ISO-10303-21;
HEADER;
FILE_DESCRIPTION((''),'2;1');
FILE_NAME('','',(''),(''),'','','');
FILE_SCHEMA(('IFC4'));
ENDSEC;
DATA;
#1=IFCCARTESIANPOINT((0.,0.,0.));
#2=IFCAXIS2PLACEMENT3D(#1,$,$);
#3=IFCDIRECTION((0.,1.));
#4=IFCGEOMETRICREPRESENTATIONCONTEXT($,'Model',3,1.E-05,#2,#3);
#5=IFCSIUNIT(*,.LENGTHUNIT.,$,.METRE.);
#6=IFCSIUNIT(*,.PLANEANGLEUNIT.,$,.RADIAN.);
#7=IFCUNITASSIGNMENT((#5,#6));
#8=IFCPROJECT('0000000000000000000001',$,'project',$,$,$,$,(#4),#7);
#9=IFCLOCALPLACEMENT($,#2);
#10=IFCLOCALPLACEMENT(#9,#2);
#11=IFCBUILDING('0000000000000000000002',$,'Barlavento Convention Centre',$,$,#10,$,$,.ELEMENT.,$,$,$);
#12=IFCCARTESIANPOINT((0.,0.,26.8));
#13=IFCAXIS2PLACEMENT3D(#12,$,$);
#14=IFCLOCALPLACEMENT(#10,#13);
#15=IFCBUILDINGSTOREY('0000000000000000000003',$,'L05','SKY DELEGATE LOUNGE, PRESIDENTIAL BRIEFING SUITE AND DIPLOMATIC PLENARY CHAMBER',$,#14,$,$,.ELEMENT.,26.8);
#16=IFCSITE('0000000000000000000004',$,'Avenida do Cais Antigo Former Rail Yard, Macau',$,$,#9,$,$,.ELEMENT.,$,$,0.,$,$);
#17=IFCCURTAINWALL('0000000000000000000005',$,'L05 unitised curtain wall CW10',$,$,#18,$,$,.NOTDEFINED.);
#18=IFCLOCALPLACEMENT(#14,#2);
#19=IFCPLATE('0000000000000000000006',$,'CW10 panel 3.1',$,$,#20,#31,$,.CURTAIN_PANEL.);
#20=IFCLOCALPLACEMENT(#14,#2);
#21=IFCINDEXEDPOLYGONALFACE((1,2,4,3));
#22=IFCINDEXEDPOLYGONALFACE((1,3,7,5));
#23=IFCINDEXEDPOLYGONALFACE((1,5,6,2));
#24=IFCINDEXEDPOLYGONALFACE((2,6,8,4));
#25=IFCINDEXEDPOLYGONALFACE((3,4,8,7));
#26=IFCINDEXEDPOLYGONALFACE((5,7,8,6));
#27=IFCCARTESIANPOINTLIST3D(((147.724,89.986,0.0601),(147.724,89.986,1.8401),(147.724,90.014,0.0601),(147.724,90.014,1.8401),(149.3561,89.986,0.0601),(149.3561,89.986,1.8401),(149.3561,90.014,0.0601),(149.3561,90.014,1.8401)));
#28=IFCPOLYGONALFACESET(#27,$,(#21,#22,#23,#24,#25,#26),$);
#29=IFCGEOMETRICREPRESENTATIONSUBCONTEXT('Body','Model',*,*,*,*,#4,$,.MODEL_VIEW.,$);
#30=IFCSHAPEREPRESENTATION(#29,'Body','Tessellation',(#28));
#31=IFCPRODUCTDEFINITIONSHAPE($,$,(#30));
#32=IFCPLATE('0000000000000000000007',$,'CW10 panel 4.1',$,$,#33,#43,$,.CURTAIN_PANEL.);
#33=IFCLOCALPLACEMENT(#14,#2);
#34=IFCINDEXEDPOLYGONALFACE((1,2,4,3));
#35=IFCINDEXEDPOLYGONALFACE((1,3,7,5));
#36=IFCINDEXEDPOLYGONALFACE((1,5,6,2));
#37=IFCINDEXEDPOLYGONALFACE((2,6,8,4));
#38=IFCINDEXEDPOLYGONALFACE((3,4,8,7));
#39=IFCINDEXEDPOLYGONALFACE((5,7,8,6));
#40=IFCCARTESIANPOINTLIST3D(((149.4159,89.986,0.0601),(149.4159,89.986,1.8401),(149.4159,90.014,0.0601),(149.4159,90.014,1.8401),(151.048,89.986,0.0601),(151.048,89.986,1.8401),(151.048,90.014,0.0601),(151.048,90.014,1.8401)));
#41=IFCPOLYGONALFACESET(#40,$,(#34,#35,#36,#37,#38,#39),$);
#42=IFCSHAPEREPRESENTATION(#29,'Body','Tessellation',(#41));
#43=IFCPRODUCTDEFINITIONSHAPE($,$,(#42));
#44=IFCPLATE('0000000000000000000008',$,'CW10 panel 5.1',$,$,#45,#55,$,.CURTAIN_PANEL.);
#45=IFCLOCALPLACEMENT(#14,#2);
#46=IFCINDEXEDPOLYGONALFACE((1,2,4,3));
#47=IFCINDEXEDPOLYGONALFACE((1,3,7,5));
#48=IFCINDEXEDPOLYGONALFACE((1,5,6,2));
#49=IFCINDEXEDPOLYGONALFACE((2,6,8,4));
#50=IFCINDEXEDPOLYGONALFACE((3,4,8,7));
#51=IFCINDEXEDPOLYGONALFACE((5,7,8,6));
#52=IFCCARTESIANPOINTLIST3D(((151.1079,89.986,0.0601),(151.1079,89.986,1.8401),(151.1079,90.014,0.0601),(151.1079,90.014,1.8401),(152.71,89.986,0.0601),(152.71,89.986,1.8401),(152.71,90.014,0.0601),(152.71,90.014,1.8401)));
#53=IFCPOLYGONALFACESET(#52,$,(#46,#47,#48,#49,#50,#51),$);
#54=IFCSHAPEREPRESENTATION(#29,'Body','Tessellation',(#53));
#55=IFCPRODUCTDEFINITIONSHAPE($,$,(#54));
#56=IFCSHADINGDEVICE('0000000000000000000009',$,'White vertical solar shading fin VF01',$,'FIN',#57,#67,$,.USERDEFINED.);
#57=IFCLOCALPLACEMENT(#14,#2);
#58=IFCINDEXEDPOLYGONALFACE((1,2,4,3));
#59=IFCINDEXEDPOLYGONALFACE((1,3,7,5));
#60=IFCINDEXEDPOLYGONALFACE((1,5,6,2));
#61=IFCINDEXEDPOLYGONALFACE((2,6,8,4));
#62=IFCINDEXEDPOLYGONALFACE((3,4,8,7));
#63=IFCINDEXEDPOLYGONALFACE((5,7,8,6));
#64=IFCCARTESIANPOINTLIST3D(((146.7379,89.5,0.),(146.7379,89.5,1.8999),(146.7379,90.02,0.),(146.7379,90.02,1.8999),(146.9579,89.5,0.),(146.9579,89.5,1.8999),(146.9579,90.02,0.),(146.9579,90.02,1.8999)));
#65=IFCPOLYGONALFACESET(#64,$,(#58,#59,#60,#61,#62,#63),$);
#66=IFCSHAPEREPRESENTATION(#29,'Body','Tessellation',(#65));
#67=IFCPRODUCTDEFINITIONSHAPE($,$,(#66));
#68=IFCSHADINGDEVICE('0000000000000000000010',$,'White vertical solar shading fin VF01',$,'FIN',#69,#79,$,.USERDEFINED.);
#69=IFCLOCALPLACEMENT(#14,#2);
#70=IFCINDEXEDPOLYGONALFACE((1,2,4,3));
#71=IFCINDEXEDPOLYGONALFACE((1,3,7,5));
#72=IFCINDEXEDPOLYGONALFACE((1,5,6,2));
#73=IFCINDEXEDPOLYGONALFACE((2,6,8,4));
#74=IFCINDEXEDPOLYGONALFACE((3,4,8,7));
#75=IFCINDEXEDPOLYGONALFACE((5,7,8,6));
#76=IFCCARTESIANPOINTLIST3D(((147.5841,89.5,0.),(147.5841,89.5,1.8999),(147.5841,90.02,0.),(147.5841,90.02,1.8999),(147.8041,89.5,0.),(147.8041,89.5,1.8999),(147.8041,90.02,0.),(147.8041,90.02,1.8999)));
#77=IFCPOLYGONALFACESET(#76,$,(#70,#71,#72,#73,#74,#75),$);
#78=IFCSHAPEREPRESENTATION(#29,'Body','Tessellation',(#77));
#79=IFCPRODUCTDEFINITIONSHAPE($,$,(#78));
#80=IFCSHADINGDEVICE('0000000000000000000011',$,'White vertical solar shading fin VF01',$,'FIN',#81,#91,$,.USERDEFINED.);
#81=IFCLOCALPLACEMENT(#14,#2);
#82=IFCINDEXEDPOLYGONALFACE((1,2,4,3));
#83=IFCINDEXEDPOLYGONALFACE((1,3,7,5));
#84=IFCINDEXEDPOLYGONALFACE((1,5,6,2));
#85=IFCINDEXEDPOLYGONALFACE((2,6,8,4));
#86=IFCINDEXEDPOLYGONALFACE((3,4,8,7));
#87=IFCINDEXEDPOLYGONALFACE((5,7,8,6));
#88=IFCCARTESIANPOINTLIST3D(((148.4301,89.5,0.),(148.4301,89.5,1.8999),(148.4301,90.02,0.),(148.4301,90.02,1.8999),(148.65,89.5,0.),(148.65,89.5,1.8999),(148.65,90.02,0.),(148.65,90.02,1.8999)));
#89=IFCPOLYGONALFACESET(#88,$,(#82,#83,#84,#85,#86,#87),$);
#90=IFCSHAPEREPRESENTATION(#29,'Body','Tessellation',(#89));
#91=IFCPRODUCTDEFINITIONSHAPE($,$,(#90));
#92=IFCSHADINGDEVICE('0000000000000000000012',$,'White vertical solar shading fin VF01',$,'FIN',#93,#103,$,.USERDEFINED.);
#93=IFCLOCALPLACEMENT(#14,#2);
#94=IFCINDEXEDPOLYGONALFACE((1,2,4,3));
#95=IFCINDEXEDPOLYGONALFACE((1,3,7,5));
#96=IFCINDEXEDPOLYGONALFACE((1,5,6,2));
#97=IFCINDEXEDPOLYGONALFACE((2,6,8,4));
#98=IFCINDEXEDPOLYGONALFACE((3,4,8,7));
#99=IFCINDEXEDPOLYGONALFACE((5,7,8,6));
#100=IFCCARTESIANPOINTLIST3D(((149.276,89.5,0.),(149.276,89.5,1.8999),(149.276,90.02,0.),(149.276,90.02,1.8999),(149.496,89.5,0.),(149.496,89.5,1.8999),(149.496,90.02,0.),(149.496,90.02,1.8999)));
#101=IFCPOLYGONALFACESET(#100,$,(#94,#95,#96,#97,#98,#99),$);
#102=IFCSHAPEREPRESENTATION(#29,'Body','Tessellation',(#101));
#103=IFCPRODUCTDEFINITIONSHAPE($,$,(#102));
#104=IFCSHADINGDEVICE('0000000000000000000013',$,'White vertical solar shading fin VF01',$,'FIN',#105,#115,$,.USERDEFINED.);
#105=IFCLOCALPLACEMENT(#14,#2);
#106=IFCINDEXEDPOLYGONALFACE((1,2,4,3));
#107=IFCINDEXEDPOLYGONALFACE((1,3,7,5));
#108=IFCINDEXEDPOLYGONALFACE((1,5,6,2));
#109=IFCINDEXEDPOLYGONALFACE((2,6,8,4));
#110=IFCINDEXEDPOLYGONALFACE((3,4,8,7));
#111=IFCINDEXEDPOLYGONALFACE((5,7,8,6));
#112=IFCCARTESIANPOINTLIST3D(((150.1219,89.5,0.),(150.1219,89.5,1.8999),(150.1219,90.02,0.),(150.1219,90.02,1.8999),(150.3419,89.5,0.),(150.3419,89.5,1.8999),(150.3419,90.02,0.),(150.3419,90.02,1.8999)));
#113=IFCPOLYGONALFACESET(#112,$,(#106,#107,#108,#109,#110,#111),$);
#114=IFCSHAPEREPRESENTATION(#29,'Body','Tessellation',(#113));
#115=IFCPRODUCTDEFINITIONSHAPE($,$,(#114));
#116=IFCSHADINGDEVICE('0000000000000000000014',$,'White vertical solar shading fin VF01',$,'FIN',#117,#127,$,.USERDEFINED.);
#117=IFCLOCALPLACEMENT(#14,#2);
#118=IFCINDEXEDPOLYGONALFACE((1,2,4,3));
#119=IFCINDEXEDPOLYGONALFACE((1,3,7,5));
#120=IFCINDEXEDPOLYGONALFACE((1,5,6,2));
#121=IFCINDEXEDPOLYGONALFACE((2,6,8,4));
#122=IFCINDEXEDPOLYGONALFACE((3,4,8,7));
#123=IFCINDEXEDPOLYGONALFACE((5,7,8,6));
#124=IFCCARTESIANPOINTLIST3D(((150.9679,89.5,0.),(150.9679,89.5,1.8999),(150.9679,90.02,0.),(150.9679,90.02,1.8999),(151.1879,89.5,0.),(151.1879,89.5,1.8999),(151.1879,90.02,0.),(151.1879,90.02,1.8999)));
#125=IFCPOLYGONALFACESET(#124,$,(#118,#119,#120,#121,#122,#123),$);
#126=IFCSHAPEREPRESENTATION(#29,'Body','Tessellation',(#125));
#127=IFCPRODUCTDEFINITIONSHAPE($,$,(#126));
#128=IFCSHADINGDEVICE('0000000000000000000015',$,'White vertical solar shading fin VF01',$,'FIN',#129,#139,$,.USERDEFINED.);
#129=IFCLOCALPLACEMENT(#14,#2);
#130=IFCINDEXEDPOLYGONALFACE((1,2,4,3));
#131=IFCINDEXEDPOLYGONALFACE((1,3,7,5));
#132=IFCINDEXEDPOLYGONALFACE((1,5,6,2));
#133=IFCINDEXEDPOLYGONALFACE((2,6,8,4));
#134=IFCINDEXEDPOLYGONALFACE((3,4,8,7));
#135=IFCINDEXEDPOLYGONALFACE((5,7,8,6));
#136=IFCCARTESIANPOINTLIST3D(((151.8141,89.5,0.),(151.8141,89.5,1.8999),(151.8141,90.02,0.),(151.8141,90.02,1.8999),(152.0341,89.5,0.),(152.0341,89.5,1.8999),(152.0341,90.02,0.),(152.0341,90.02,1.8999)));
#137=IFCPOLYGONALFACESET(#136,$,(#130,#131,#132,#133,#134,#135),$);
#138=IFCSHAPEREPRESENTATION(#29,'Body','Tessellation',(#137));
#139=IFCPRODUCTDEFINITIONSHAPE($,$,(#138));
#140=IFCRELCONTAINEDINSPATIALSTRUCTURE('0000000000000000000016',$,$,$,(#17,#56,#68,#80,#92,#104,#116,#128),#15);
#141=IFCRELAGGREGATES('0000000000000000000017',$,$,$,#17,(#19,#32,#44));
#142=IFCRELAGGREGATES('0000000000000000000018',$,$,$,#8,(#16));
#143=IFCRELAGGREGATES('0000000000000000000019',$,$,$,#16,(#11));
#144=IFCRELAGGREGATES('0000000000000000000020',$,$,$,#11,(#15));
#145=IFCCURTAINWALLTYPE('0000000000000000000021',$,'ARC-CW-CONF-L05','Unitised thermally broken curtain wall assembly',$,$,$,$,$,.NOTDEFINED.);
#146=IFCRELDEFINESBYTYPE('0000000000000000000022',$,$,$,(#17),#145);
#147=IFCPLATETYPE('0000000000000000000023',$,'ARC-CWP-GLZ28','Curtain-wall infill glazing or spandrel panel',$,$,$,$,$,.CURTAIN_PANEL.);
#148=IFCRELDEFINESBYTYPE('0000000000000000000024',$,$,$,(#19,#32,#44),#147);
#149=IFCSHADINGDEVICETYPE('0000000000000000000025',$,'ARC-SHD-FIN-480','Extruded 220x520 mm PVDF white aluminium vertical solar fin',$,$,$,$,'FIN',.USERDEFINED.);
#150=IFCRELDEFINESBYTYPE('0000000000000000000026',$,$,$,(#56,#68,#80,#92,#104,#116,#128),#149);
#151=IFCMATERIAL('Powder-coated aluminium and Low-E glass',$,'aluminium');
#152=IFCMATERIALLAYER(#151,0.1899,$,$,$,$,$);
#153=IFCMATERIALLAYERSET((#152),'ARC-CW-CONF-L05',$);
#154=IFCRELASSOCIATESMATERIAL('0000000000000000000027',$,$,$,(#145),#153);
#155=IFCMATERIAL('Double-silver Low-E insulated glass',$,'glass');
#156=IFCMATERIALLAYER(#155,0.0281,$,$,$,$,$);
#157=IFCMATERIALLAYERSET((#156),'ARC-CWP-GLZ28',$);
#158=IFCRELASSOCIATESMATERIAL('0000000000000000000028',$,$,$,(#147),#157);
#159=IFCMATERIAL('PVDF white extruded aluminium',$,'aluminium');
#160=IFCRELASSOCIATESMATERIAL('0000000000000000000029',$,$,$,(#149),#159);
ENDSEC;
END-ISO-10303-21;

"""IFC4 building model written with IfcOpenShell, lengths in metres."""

from ifc_helpers import new_model, si_unit, direction, frame, origin, origin_2d, place, context, subcontext, project, spatial, rectangle, extrude, material, layer, layer_set, type_object, element, aggregate, save


model = new_model("IFC4")

# Units and contexts
model_context = context("Model", 3, precision=1e-05, world=origin(), true_north=direction((0.0, 1.0)))
body_context = subcontext(model_context, "Body", "Model", "MODEL_VIEW")
ifc_project = project(units=[si_unit("LENGTHUNIT", "METRE"), si_unit("PLANEANGLEUNIT", "RADIAN")], contexts=[model_context])

# Site, building, storey
site_placement = place(None, origin())
site = spatial("IfcSite", under=ifc_project, at=site_placement, Name="Avenida do Cais Antigo Former Rail Yard, Macau", CompositionType="ELEMENT", RefElevation=0.0)
building_placement = place(site_placement, origin())
building = spatial("IfcBuilding", under=site, at=building_placement, Name="Barlavento Convention Centre", CompositionType="ELEMENT")
storey_placement = place(building_placement, frame((0.0, 0.0, 26.8)))
storey = spatial("IfcBuildingStorey", under=building, at=storey_placement, Name="L05", Description="SKY DELEGATE LOUNGE, PRESIDENTIAL BRIEFING SUITE AND DIPLOMATIC PLENARY CHAMBER", CompositionType="ELEMENT", Elevation=26.8)

# Curtain wall, plates
ifc_material_1 = material(Name="Powder-coated aluminium and Low-E glass", Category="aluminium")
ifc_layer_1 = layer(ifc_material_1, 0.1899)
ifc_layer_set_1 = layer_set([ifc_layer_1], Name="ARC-CW-CONF-L05")
curtain_wall_type = type_object("IfcCurtainWallType", Name="ARC-CW-CONF-L05", Description="Unitised thermally broken curtain wall assembly", PredefinedType="NOTDEFINED", material=ifc_layer_set_1)
curtain_wall_placement = place(storey_placement, origin())
curtain_wall = element("IfcCurtainWall", 1, at=curtain_wall_placement, inside=storey, type_object=curtain_wall_type, Name="L05 unitised curtain wall CW10", PredefinedType="NOTDEFINED")
ifc_material_2 = material(Name="Double-silver Low-E insulated glass", Category="glass")
ifc_layer_2 = layer(ifc_material_2, 0.0281)
ifc_layer_set_2 = layer_set([ifc_layer_2], Name="ARC-CWP-GLZ28")
plate_type = type_object("IfcPlateType", Name="ARC-CWP-GLZ28", Description="Curtain-wall infill glazing or spandrel panel", PredefinedType="CURTAIN_PANEL", material=ifc_layer_set_2)
plate_1_placement = place(storey_placement, frame((148.54, 90.0, 0.0601), z_axis=(0.0, 0.0, 1.0), x_axis=(1.0, 0.0, 0.0)))
plate_1 = element("IfcPlate", 2, at=plate_1_placement, type_object=plate_type, Name="CW10 panel 3.1", PredefinedType="CURTAIN_PANEL", context=body_context, shape_type="SweptSolid", body=[
    extrude(rectangle(XDim=1.6321, YDim=0.0281, at=origin_2d()), origin(), (0.0, 0.0, 1.0), 1.78),
])
plate_2_placement = place(storey_placement, frame((150.2319, 90.0, 0.0601), z_axis=(0.0, 0.0, 1.0), x_axis=(1.0, 0.0, 0.0)))
plate_2 = element("IfcPlate", 3, at=plate_2_placement, type_object=plate_type, Name="CW10 panel 4.1", PredefinedType="CURTAIN_PANEL", context=body_context, shape_type="SweptSolid", body=[
    extrude(rectangle(XDim=1.6321, YDim=0.0281, at=origin_2d()), origin(), (0.0, 0.0, 1.0), 1.78),
])
plate_3_placement = place(storey_placement, frame((151.9089, 90.0, 0.0601), z_axis=(0.0, 0.0, 1.0), x_axis=(1.0, 0.0, 0.0)))
plate_3 = element("IfcPlate", 4, at=plate_3_placement, type_object=plate_type, Name="CW10 panel 5.1", PredefinedType="CURTAIN_PANEL", context=body_context, shape_type="SweptSolid", body=[
    extrude(rectangle(XDim=1.6021, YDim=0.0281, at=origin_2d()), origin(), (0.0, 0.0, 1.0), 1.78),
])
aggregate(curtain_wall, [plate_1, plate_2, plate_3])

# Shading devices
ifc_material_3 = material(Name="PVDF white extruded aluminium", Category="aluminium")
shading_device_type = type_object("IfcShadingDeviceType", Name="ARC-SHD-FIN-480", Description="Extruded 220x520 mm PVDF white aluminium vertical solar fin", ElementType="FIN", PredefinedType="USERDEFINED", material=ifc_material_3)
for number, where, z_axis, x_axis, name in (
    (5, (146.8479, 89.76, 0.0), (0.0, 0.0, 1.0), (1.0, 0.0, 0.0), "White vertical solar shading fin VF01"),
    (6, (147.6941, 89.76, 0.0), (0.0, 0.0, 1.0), (1.0, 0.0, 0.0), "White vertical solar shading fin VF01"),
    (7, (148.54, 89.76, 0.0), (0.0, 0.0, 1.0), (1.0, 0.0, 0.0), "White vertical solar shading fin VF01"),
    (8, (149.386, 89.76, 0.0), (0.0, 0.0, 1.0), (1.0, 0.0, 0.0), "White vertical solar shading fin VF01"),
    (9, (150.2319, 89.76, 0.0), (0.0, 0.0, 1.0), (1.0, 0.0, 0.0), "White vertical solar shading fin VF01"),
    (10, (151.0779, 89.76, 0.0), (0.0, 0.0, 1.0), (1.0, 0.0, 0.0), "White vertical solar shading fin VF01"),
    (11, (151.9241, 89.76, 0.0), (0.0, 0.0, 1.0), (1.0, 0.0, 0.0), "White vertical solar shading fin VF01"),
):
    element("IfcShadingDevice", number, at=place(storey_placement, frame(where, z_axis=z_axis, x_axis=x_axis)), inside=storey, type_object=shading_device_type, Name=name, ObjectType="FIN", PredefinedType="USERDEFINED", context=body_context, shape_type="SweptSolid", body=[
        extrude(rectangle(XDim=0.22, YDim=0.52, at=origin_2d()), origin(), (0.0, 0.0, 1.0), 1.8999),
    ])

save(model, "model.ifc")
